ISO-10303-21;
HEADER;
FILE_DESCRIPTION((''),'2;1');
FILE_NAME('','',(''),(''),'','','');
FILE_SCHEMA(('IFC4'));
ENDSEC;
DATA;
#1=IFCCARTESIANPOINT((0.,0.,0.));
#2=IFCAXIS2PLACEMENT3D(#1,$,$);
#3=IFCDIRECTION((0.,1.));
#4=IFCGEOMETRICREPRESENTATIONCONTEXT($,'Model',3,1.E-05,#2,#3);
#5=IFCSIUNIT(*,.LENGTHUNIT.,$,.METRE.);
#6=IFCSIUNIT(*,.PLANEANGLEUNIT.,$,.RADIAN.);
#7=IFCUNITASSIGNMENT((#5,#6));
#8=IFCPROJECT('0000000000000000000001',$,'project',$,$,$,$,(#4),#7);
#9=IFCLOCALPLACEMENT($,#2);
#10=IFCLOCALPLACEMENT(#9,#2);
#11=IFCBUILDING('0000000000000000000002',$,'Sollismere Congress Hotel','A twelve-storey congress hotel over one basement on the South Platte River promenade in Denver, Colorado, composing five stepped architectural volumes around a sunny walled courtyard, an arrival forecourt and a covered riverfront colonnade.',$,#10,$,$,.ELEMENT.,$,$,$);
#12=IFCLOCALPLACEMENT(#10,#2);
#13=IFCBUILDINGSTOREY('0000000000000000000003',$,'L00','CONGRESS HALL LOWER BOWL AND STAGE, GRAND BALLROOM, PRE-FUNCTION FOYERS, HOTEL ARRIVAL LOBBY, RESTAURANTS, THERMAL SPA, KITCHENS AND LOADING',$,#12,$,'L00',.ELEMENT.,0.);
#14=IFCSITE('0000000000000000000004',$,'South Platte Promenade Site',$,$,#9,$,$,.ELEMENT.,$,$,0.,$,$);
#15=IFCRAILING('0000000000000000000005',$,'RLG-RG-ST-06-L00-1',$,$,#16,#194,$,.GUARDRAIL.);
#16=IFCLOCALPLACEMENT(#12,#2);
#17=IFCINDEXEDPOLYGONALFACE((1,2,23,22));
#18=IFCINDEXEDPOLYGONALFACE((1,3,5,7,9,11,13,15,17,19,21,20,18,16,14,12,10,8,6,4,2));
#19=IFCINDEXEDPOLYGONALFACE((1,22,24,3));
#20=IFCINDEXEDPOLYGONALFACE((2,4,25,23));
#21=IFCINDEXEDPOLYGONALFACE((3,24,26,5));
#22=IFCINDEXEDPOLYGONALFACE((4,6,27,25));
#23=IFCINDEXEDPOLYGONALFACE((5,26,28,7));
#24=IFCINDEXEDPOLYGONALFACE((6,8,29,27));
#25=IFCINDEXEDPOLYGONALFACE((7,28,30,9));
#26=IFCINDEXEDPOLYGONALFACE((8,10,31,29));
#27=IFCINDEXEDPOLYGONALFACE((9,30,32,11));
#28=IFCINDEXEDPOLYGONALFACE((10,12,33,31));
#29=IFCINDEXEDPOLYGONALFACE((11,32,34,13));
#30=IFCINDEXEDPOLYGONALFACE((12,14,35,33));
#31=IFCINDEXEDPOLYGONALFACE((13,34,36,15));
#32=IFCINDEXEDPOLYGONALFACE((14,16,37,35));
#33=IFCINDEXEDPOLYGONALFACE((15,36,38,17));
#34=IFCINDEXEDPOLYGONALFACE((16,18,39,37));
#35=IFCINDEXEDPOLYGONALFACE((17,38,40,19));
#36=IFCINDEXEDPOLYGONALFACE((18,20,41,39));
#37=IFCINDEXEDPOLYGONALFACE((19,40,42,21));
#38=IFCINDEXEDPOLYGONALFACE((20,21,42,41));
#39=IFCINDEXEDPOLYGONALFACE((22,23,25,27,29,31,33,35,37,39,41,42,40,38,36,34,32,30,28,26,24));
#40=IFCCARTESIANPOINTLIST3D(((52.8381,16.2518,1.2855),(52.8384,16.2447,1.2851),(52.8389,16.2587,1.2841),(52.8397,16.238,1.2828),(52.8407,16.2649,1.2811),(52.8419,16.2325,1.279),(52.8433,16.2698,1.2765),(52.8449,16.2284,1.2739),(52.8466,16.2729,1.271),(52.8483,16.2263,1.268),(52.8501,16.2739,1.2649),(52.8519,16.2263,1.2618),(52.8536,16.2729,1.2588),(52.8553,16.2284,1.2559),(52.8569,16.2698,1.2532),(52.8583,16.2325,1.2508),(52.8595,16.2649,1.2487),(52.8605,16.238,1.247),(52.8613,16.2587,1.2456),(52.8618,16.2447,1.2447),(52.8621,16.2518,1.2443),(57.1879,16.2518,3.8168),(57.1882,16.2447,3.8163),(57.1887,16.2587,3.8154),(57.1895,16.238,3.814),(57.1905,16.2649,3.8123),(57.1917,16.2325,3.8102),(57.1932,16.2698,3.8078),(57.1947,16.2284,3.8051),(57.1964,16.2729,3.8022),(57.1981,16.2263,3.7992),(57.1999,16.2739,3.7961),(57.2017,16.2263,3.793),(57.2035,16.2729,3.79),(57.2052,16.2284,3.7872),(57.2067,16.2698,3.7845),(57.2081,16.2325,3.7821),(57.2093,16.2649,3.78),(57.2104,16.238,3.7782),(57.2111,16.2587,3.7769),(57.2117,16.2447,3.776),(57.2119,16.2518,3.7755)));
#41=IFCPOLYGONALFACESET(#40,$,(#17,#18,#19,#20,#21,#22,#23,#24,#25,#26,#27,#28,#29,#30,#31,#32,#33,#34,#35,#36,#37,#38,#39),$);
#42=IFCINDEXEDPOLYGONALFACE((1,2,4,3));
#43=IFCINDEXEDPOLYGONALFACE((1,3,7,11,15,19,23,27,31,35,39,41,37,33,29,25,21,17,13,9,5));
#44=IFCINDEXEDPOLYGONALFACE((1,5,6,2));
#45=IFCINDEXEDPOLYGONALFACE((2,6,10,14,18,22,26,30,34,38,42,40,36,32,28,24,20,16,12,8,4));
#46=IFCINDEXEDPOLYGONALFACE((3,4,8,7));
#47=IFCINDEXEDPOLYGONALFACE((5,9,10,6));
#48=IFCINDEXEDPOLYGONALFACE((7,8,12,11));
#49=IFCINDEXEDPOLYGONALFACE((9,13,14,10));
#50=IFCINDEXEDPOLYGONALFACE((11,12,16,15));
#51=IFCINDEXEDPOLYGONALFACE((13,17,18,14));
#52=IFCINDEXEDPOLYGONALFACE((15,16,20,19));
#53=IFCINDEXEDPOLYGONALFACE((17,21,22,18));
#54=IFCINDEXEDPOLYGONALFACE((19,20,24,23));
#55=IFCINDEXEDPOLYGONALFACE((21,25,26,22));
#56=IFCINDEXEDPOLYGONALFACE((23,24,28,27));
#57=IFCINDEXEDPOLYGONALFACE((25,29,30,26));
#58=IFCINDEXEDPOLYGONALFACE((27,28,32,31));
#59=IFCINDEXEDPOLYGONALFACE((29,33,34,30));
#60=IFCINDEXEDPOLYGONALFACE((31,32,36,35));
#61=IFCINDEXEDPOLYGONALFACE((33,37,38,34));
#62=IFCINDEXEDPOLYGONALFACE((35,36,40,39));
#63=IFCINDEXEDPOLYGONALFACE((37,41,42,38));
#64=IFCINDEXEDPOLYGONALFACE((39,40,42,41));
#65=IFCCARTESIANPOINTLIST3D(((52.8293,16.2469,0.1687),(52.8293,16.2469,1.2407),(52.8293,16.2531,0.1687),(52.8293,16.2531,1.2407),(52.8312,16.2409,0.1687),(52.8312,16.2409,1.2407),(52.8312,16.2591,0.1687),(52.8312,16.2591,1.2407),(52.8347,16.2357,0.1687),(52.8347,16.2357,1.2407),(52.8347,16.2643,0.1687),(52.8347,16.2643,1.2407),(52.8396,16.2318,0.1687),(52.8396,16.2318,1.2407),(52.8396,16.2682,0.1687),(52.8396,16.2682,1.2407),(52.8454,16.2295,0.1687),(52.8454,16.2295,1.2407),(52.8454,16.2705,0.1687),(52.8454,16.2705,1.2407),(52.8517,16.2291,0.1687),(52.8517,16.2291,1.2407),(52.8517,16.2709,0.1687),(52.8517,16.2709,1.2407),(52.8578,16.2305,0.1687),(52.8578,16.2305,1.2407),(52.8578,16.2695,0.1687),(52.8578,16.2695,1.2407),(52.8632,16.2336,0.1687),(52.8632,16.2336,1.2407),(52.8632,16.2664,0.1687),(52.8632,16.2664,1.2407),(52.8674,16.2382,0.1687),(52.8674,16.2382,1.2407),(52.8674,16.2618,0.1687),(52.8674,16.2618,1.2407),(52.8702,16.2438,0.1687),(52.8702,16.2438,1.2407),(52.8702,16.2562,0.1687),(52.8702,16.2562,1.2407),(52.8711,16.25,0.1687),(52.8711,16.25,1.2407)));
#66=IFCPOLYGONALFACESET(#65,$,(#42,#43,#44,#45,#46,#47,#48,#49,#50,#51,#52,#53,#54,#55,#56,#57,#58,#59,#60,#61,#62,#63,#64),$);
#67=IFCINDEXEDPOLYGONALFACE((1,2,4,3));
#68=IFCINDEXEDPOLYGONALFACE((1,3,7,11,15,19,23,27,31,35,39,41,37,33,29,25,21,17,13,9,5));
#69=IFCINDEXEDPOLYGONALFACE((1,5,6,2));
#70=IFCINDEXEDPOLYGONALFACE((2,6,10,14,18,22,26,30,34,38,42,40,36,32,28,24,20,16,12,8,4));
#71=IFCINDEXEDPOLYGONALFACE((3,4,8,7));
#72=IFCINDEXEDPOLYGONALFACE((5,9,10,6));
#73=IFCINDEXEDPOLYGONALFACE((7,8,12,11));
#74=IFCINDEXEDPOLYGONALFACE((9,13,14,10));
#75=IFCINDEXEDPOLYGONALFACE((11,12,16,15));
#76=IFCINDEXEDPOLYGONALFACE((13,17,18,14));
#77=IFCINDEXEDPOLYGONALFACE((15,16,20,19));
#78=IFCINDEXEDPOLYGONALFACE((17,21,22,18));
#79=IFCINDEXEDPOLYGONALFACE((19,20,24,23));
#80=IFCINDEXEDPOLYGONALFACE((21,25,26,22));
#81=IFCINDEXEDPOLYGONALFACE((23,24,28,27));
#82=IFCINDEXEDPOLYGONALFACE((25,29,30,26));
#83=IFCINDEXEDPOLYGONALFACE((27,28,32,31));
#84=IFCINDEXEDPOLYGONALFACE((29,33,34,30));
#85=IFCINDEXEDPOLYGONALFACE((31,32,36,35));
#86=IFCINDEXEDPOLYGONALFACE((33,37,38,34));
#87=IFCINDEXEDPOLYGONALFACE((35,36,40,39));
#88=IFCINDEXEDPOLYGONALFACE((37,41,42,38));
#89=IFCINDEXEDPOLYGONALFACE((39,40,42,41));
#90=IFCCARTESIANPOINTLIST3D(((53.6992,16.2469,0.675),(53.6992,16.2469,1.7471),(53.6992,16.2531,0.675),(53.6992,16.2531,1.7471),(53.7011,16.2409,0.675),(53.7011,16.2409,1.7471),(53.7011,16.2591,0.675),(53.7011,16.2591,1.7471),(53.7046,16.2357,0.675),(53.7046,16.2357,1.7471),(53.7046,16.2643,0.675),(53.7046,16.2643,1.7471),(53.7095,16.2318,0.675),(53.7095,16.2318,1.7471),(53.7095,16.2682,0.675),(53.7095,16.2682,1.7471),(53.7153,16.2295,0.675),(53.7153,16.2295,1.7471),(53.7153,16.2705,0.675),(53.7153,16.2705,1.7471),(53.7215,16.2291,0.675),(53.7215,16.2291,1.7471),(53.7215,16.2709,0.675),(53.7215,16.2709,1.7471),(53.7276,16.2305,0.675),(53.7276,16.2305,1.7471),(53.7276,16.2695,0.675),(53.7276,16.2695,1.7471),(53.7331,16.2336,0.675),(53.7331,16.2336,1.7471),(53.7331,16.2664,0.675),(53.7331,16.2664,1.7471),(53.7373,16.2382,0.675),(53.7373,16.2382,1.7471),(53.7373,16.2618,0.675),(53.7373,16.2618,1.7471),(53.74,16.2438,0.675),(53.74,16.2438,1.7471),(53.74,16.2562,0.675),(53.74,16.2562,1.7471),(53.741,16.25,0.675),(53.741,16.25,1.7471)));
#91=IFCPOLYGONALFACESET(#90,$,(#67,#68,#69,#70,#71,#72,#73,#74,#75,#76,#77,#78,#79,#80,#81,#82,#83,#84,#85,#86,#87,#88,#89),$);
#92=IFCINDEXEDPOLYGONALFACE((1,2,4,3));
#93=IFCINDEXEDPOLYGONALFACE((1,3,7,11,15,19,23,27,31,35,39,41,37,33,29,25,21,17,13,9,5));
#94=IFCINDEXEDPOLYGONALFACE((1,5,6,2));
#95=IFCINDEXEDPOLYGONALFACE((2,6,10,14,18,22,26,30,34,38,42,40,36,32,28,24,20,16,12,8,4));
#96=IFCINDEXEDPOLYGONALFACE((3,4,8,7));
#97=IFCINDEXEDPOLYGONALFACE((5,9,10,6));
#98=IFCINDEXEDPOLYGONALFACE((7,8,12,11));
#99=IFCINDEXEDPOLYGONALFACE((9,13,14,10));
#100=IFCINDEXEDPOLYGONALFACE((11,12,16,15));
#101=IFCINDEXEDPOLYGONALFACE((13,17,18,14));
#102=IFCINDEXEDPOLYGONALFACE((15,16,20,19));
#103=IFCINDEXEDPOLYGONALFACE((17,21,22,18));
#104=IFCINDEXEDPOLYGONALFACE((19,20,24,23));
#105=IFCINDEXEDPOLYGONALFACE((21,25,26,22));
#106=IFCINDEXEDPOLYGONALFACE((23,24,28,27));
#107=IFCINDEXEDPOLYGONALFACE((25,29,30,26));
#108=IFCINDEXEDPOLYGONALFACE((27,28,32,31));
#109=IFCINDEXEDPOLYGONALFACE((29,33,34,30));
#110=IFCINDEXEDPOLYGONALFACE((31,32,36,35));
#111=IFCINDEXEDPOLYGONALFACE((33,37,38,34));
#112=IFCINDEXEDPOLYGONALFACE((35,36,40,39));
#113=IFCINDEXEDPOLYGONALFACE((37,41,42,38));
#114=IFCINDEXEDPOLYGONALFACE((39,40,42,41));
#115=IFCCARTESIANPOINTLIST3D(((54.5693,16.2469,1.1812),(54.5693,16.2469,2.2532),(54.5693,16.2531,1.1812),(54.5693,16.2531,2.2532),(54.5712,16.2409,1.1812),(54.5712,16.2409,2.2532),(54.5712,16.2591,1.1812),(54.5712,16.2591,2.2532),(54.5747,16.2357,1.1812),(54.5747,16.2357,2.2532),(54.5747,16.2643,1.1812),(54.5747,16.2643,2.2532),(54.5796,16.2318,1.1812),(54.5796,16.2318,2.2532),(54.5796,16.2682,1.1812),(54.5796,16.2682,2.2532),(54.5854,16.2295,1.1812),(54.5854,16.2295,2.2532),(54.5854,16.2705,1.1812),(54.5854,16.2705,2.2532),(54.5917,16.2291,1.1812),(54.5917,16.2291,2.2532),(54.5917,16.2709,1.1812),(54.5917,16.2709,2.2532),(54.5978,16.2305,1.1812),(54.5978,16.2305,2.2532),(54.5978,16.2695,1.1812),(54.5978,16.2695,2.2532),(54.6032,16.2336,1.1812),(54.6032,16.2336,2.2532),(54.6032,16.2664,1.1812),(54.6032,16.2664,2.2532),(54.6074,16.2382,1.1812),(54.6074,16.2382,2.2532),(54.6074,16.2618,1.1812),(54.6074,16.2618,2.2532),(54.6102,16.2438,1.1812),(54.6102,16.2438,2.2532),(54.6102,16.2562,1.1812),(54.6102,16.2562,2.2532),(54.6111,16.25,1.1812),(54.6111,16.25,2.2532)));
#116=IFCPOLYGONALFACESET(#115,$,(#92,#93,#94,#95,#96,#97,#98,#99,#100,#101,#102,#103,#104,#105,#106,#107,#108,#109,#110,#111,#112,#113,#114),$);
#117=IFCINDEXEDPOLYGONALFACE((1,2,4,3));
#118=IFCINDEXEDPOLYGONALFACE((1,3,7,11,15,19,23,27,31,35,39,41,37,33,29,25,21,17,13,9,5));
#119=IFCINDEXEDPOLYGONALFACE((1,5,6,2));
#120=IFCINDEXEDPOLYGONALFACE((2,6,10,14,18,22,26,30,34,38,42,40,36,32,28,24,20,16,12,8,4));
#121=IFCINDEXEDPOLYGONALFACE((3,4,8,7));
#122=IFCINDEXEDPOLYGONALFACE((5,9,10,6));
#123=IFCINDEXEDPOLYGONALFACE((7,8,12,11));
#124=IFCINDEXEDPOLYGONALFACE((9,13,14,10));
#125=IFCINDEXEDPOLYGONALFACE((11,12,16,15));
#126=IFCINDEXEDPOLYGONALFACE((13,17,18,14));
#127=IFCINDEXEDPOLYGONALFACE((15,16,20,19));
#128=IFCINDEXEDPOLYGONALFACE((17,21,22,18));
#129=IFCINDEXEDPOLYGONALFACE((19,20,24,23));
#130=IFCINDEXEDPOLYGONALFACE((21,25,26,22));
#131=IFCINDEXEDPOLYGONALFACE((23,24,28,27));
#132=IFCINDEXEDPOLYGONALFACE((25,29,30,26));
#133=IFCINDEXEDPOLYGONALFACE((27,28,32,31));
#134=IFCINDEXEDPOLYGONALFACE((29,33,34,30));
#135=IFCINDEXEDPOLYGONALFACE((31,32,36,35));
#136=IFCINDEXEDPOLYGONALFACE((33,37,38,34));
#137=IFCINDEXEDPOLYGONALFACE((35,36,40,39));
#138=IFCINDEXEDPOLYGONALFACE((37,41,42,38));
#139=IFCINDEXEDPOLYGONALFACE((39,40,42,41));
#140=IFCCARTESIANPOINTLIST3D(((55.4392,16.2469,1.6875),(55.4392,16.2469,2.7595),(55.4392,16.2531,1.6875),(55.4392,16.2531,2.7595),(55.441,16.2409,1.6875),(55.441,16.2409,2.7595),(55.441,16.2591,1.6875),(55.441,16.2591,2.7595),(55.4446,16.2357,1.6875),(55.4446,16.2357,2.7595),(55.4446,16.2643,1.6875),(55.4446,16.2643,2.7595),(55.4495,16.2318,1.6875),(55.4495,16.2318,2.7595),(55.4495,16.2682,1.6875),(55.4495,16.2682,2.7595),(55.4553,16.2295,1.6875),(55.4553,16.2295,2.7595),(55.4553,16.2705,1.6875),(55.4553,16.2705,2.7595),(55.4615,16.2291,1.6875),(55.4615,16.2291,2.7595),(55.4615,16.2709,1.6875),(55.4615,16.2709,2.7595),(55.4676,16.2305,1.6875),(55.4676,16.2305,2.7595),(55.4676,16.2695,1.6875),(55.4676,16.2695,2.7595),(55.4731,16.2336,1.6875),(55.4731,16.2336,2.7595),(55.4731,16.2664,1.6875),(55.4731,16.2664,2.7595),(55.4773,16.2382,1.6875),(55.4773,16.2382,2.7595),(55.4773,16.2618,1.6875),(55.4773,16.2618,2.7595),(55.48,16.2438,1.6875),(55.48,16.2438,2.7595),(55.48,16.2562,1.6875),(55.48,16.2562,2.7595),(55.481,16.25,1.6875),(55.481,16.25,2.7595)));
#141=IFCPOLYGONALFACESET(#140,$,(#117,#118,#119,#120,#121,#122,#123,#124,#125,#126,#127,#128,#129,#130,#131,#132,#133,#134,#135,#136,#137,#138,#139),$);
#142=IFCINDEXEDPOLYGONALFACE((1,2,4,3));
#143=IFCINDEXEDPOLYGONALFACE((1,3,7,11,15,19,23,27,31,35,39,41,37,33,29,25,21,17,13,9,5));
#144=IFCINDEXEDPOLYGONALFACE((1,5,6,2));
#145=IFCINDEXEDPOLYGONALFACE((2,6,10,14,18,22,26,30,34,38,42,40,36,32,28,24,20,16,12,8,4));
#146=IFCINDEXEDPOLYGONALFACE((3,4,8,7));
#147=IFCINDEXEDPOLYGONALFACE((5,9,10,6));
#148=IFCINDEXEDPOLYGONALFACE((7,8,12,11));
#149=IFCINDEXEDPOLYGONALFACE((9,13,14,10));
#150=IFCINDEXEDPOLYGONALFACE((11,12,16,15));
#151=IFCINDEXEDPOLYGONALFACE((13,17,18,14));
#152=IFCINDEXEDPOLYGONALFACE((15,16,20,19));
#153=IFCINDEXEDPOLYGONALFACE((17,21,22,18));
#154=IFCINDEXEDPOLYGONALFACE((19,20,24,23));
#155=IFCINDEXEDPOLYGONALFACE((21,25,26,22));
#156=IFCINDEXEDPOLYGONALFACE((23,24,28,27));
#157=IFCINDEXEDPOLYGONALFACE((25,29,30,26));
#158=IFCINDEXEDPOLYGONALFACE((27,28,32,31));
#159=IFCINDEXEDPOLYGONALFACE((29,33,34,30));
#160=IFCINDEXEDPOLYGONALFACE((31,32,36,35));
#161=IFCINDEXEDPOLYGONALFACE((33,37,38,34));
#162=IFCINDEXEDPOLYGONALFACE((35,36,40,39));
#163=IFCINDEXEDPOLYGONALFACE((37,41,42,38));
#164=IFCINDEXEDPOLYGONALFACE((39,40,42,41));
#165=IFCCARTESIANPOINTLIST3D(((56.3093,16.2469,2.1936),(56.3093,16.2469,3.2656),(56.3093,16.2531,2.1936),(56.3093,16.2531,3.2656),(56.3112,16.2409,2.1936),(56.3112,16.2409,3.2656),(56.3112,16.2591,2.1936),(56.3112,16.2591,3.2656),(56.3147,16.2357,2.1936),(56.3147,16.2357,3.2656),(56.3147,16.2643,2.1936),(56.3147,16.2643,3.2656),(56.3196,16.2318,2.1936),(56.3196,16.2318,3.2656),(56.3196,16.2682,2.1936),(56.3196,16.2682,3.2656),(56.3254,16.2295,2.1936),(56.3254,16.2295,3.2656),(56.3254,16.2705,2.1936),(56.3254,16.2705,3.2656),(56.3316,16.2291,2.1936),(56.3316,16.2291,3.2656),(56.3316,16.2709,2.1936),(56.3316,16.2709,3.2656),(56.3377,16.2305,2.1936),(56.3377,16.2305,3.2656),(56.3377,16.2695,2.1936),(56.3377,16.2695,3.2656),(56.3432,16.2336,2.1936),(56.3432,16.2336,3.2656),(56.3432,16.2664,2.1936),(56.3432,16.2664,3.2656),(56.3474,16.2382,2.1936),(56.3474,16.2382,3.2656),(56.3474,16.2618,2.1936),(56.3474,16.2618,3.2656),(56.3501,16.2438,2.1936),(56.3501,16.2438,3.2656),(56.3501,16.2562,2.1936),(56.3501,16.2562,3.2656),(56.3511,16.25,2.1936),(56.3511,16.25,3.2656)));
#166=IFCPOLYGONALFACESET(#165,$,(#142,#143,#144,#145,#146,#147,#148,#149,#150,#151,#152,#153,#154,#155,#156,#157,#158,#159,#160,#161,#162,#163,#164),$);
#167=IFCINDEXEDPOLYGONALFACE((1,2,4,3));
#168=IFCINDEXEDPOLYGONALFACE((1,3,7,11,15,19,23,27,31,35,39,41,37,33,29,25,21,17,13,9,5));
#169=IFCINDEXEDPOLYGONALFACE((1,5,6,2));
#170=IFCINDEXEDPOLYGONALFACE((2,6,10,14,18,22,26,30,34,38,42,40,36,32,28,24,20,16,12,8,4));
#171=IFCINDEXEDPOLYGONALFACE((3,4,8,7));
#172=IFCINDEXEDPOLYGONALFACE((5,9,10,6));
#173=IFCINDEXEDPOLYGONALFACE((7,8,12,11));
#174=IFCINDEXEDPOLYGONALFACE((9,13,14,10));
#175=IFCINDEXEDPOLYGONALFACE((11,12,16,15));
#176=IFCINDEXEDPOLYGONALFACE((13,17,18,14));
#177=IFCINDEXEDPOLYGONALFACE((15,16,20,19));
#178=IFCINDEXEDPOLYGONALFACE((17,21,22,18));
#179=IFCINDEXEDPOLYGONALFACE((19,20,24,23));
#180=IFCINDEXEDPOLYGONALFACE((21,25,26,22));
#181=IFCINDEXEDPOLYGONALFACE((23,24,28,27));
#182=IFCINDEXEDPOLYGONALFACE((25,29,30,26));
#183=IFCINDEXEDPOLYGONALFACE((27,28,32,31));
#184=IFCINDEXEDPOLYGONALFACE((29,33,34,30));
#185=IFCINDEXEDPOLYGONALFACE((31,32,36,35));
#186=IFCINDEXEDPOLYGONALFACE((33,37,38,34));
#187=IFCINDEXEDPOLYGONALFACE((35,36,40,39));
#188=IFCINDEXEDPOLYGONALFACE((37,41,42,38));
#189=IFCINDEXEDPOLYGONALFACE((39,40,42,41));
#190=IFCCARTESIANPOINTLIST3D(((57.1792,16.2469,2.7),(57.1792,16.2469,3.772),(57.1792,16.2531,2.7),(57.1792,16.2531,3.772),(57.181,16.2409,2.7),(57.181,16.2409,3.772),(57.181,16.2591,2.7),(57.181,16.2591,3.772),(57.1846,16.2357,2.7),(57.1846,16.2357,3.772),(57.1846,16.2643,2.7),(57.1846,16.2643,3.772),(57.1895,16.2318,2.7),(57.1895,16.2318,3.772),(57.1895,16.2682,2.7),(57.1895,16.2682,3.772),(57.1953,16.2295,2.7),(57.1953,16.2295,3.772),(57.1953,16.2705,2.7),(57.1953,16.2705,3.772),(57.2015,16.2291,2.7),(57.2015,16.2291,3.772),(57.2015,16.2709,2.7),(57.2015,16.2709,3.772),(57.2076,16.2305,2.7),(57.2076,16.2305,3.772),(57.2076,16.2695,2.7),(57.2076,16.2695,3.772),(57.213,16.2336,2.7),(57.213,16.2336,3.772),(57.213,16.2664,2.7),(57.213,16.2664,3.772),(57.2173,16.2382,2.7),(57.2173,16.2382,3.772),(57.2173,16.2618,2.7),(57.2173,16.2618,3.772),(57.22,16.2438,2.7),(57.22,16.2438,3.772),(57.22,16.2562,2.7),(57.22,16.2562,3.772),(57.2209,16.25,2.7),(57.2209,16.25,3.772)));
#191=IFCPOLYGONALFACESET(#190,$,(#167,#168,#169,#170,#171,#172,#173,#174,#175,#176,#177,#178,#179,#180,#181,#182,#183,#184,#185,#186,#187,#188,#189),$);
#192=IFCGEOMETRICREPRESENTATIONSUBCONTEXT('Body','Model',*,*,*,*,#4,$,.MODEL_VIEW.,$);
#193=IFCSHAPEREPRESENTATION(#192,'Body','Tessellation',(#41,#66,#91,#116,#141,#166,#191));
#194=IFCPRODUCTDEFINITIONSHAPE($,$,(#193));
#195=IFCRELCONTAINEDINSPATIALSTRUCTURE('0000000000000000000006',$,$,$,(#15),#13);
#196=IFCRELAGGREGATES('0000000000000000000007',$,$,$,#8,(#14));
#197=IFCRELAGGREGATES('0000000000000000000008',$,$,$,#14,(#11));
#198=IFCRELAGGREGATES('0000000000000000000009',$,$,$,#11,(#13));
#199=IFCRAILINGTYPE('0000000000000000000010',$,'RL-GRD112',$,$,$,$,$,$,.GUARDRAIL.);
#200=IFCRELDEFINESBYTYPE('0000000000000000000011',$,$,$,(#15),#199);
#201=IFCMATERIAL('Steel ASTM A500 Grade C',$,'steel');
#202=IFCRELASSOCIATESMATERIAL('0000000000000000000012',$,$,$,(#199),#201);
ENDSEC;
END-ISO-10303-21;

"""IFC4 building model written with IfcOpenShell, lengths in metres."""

from ifc_helpers import new_model, si_unit, direction, frame, origin, origin_2d, place, context, subcontext, project, spatial, circle, extrude, material, type_object, element, save


model = new_model("IFC4")

# Units and contexts
model_context = context("Model", 3, precision=1e-05, world=origin(), true_north=direction((0.0, 1.0)))
body_context = subcontext(model_context, "Body", "Model", "MODEL_VIEW")
ifc_project = project(units=[si_unit("LENGTHUNIT", "METRE"), si_unit("PLANEANGLEUNIT", "RADIAN")], contexts=[model_context])

# Site, building, storey
site_placement = place(None, origin())
site = spatial("IfcSite", under=ifc_project, at=site_placement, Name="South Platte Promenade Site", CompositionType="ELEMENT", RefElevation=0.0)
building_placement = place(site_placement, origin())
building = spatial("IfcBuilding", under=site, at=building_placement, Name="Sollismere Congress Hotel", Description="A twelve-storey congress hotel over one basement on the South Platte River promenade in Denver, Colorado, composing five stepped architectural volumes around a sunny walled courtyard, an arrival forecourt and a covered riverfront colonnade.", CompositionType="ELEMENT")
storey_placement = place(building_placement, origin())
storey = spatial("IfcBuildingStorey", under=building, at=storey_placement, Name="L00", Description="CONGRESS HALL LOWER BOWL AND STAGE, GRAND BALLROOM, PRE-FUNCTION FOYERS, HOTEL ARRIVAL LOBBY, RESTAURANTS, THERMAL SPA, KITCHENS AND LOADING", LongName="L00", CompositionType="ELEMENT", Elevation=0.0)

# Railing
ifc_material_1 = material(Name="Steel ASTM A500 Grade C", Category="steel")
railing_type_1 = type_object("IfcRailingType", Name="RL-GRD112", PredefinedType="GUARDRAIL", material=ifc_material_1)
railing_1_placement = place(storey_placement, frame((52.8501, 16.25, 0.1687)))
element("IfcRailing", 1, at=railing_1_placement, inside=storey, type_object=railing_type_1, Name="RLG-RG-ST-06-L00-1", PredefinedType="GUARDRAIL", context=body_context, shape_type="SweptSolid", body=[
    extrude(circle(Radius=0.0239, at=origin_2d()), frame((0.0, 0.0, 1.0962), z_axis=(0.864312, 0.0, 0.502957), x_axis=(0.0, 1.0, 0.0)), (0.0, 0.0, 1.0), 5.0327),
    extrude(circle(Radius=0.021, at=origin_2d()), origin(), (0.0, 0.0, 1.0), 1.072),
    extrude(circle(Radius=0.021, at=origin_2d()), frame((0.8699, 0.0, 0.5063)), (0.0, 0.0, 1.0), 1.072),
    extrude(circle(Radius=0.021, at=origin_2d()), frame((1.74, 0.0, 1.0125)), (0.0, 0.0, 1.0), 1.072),
    extrude(circle(Radius=0.021, at=origin_2d()), frame((2.6099, 0.0, 1.5188)), (0.0, 0.0, 1.0), 1.072),
    extrude(circle(Radius=0.021, at=origin_2d()), frame((3.48, 0.0, 2.0249)), (0.0, 0.0, 1.0), 1.072),
    extrude(circle(Radius=0.021, at=origin_2d()), frame((4.3499, 0.0, 2.5312)), (0.0, 0.0, 1.0), 1.072),
])

save(model, "model.ifc")
